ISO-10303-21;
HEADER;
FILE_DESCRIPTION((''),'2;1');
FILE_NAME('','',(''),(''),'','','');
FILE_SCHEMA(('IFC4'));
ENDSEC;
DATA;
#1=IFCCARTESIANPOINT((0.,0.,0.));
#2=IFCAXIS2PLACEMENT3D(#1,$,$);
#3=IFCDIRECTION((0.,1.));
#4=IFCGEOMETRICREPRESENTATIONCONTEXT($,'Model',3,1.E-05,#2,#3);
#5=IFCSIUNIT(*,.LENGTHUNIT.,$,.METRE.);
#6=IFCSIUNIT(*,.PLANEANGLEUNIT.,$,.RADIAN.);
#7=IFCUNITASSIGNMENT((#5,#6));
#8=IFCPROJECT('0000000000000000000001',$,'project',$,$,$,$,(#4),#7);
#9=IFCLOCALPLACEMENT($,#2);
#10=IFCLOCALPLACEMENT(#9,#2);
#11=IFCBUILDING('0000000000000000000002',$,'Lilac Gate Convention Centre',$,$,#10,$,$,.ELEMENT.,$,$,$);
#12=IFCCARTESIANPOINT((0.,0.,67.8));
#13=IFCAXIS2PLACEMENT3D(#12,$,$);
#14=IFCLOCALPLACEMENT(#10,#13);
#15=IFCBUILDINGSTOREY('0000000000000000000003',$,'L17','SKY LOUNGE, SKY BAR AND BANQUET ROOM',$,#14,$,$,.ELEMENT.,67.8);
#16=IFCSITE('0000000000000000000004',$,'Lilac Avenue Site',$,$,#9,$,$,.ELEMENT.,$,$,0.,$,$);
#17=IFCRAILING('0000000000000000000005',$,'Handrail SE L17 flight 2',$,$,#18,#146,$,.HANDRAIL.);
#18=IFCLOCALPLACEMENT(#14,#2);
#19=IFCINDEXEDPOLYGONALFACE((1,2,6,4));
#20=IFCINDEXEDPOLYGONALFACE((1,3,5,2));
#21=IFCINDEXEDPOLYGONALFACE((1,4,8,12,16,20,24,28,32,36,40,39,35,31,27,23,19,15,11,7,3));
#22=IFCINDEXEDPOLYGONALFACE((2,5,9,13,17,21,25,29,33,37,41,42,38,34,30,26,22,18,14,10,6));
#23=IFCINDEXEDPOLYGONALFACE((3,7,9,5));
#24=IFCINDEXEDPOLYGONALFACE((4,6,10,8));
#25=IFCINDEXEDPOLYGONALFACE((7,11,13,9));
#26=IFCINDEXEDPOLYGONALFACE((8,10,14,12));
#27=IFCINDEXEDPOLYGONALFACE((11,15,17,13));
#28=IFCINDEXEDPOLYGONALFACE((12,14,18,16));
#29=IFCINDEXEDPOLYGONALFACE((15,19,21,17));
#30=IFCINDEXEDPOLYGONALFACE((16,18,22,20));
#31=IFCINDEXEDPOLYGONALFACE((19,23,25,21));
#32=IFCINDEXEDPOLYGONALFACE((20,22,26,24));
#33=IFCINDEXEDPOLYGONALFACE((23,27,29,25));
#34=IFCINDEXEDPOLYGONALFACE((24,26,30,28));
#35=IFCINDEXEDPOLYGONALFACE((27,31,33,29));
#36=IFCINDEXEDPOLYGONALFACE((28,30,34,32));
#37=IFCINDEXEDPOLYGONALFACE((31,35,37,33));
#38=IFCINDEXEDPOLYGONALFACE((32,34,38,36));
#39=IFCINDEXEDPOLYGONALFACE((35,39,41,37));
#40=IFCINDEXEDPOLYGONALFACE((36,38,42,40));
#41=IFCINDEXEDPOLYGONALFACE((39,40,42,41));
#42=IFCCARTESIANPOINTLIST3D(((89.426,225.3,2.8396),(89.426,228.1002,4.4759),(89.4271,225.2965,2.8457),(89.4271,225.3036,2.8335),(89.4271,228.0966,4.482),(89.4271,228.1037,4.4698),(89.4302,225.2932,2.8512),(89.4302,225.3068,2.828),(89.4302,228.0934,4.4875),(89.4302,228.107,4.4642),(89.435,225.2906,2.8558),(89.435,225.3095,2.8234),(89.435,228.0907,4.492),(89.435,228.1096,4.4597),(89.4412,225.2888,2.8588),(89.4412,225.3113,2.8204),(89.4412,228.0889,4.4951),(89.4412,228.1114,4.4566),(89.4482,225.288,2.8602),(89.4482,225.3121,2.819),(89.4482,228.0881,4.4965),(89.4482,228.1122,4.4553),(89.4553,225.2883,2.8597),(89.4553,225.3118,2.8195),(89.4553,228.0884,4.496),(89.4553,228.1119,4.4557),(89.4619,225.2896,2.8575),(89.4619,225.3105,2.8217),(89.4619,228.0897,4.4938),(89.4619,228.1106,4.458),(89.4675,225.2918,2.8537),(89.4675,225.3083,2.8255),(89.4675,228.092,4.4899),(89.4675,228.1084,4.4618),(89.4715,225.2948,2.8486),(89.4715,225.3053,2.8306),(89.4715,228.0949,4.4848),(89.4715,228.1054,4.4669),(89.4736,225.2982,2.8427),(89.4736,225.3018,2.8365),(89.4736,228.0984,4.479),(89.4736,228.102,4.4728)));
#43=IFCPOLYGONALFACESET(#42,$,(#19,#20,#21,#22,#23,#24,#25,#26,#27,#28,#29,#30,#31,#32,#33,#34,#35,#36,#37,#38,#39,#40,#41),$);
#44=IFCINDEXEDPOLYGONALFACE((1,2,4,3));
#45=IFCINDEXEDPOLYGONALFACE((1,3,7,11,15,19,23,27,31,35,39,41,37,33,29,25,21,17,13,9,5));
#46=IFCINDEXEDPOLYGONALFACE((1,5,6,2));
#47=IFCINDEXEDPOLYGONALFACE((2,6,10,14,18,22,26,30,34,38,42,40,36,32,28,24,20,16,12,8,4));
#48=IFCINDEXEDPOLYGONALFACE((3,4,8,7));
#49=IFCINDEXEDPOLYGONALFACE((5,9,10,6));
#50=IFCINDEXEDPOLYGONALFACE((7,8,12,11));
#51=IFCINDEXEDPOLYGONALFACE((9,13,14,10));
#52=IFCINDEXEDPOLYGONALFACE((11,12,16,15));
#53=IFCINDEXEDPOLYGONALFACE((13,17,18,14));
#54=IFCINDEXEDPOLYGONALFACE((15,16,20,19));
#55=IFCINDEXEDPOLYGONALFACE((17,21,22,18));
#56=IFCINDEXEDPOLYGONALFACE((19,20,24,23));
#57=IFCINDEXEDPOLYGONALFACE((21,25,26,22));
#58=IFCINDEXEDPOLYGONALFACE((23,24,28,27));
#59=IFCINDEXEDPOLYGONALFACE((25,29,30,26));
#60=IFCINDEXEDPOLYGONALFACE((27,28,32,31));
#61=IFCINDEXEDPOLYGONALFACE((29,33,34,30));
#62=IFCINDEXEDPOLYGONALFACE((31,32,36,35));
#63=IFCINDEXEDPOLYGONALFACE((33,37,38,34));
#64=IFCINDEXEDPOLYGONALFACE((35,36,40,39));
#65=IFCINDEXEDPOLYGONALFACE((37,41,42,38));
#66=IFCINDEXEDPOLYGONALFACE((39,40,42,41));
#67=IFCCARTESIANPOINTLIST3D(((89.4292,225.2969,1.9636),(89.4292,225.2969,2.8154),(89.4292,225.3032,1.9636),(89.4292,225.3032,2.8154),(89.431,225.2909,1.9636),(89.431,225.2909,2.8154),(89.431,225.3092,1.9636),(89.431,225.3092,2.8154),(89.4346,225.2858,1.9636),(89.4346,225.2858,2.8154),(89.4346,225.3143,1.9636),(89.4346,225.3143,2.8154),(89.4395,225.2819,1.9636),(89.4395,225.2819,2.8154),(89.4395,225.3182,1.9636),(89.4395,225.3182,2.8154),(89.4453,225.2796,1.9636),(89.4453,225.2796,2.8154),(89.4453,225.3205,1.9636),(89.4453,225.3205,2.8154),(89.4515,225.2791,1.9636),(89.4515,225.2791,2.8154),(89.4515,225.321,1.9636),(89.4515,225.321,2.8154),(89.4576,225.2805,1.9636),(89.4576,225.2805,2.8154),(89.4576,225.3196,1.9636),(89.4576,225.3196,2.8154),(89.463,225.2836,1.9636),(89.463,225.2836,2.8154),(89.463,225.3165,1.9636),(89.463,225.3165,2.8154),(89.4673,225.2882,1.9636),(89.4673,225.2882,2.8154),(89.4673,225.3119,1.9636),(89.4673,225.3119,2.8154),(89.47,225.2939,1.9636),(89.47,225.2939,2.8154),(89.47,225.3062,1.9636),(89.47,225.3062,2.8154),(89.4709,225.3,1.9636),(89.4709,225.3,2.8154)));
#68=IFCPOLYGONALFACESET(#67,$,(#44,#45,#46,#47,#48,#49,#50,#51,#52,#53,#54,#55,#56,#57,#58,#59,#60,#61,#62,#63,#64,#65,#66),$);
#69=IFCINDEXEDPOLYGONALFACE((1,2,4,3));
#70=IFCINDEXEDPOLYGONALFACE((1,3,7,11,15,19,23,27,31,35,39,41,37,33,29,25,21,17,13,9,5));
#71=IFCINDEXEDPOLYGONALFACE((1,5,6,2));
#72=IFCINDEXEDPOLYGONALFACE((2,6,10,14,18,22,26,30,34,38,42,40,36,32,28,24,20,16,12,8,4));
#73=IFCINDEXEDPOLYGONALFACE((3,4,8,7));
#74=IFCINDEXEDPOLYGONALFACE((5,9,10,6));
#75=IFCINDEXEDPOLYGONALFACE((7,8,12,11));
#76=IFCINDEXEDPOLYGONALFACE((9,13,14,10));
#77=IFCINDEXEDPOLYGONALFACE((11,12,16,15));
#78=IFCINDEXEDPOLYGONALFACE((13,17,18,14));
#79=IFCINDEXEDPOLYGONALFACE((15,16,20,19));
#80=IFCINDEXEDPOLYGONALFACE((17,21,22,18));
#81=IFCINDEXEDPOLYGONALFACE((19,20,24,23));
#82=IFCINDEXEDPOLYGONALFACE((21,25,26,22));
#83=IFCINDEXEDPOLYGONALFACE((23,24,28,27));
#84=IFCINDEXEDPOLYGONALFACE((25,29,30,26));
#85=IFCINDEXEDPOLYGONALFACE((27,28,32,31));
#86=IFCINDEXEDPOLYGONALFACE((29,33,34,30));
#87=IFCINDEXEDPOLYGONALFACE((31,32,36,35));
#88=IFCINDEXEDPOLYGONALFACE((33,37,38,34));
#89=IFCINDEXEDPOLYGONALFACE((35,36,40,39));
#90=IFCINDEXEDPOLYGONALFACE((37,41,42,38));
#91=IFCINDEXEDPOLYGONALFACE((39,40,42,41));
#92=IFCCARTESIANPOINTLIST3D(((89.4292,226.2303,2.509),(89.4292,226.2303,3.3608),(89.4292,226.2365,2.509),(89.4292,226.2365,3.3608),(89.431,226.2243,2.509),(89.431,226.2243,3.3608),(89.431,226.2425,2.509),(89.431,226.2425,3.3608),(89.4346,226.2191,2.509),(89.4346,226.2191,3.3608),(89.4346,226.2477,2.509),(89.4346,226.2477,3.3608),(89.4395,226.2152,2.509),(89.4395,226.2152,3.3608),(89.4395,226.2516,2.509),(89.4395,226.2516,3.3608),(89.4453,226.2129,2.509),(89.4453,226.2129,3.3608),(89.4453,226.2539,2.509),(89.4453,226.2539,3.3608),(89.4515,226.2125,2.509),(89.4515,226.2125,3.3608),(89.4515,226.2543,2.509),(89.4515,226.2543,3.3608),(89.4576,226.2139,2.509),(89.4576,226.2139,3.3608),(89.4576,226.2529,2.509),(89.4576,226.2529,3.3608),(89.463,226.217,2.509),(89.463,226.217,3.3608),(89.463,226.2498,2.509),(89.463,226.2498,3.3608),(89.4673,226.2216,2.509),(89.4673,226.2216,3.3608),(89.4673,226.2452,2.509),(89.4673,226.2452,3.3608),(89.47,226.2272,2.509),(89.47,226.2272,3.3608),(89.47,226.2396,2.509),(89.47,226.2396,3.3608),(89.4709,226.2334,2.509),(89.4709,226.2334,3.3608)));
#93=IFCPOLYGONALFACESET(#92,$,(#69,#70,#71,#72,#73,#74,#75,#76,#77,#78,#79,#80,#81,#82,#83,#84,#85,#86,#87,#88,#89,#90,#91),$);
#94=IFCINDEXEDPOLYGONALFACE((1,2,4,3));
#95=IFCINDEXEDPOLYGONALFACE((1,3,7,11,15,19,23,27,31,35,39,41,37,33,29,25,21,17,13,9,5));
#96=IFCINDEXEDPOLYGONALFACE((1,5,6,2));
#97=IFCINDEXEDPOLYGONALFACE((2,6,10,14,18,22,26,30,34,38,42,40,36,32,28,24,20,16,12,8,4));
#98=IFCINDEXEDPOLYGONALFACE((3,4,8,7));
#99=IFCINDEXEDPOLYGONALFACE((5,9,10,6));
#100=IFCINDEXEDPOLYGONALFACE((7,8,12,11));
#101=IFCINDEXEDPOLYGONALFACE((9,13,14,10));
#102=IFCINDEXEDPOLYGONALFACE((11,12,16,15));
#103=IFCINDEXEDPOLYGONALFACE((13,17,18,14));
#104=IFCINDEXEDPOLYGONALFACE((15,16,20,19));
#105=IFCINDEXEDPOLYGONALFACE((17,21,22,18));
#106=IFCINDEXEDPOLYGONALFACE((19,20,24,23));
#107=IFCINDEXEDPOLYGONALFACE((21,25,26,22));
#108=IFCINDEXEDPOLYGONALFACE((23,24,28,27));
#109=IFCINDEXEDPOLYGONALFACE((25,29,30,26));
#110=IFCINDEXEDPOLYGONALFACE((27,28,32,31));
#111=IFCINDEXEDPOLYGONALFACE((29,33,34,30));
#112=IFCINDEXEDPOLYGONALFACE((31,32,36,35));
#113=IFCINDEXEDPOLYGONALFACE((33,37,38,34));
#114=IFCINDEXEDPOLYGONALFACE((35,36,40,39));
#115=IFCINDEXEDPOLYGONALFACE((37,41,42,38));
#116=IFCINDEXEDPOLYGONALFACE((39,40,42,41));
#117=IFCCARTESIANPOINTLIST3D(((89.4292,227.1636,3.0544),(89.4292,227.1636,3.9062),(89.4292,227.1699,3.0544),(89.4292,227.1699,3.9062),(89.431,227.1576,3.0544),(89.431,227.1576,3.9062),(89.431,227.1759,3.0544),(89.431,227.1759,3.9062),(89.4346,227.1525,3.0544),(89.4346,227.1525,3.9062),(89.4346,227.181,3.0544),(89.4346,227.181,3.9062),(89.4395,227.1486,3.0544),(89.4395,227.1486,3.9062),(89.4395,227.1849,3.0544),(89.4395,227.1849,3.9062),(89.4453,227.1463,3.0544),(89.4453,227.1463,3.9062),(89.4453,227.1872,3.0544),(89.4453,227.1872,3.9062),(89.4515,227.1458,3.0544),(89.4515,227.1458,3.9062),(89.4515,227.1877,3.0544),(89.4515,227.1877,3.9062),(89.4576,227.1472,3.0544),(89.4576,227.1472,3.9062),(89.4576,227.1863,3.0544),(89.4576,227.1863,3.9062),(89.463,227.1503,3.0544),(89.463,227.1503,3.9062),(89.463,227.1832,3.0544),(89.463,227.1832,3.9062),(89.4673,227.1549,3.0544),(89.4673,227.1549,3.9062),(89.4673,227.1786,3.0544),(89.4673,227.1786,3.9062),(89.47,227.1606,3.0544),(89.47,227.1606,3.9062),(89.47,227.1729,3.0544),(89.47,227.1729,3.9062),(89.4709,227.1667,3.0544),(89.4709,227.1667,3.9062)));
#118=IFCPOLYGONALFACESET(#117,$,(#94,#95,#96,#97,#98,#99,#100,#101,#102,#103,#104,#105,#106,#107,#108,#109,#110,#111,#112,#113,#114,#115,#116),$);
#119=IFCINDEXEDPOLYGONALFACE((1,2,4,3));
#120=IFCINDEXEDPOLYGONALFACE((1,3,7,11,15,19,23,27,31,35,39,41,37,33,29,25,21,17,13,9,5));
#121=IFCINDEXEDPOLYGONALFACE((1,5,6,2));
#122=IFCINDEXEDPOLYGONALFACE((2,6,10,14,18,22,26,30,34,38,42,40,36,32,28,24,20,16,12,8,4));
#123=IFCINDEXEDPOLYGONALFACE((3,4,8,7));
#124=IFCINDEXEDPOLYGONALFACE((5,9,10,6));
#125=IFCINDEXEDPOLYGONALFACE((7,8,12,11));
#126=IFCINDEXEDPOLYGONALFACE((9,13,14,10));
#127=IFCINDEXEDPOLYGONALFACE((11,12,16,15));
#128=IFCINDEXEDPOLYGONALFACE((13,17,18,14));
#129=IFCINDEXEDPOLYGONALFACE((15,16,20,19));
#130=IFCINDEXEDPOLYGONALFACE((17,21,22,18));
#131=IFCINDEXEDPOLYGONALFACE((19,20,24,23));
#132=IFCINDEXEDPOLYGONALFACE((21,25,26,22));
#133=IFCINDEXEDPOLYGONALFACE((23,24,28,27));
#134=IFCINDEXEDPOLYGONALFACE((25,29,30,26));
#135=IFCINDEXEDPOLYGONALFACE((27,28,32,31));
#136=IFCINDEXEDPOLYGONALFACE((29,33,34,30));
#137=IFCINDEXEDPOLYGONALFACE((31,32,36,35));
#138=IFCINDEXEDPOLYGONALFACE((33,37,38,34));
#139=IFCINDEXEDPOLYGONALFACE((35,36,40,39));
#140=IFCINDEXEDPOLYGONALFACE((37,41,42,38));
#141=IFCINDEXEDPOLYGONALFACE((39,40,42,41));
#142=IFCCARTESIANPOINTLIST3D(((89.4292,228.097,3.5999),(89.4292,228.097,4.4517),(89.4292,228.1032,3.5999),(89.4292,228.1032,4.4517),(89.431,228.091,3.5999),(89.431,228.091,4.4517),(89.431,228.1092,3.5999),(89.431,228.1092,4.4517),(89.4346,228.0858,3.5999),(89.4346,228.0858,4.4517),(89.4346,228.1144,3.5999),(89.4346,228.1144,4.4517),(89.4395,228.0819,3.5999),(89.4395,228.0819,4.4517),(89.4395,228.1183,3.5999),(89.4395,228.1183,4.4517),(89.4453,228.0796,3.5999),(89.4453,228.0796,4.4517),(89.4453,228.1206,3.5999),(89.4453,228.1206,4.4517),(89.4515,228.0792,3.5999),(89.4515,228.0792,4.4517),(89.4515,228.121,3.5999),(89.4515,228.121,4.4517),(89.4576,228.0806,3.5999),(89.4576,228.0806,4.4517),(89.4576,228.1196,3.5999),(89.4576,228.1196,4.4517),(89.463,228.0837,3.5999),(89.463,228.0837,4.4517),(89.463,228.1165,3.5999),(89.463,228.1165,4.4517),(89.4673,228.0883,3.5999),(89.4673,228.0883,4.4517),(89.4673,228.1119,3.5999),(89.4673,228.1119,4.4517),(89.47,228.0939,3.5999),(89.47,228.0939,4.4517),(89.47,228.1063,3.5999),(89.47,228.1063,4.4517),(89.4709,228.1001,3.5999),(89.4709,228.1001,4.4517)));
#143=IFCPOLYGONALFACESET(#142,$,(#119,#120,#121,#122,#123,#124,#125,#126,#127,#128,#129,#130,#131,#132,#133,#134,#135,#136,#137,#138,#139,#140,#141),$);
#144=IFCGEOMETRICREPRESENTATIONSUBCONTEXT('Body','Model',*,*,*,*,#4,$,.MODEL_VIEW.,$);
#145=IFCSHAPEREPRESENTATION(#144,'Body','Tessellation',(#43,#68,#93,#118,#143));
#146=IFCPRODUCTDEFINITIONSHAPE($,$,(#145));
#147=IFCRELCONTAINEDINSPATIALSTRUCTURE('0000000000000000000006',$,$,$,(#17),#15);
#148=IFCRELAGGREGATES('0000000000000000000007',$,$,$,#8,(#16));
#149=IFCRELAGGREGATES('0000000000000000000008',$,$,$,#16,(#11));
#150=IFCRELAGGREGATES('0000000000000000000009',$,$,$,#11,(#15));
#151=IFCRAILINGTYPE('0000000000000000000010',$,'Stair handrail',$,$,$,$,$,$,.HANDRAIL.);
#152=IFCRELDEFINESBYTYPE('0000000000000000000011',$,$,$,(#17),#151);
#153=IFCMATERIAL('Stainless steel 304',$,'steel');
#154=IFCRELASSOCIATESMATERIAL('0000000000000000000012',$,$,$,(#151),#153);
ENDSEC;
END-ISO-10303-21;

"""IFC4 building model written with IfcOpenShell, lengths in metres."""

from ifc_helpers import new_model, si_unit, direction, frame, origin, origin_2d, place, context, subcontext, project, spatial, circle, extrude, material, type_object, element, save


model = new_model("IFC4")

# Units and contexts
model_context = context("Model", 3, precision=1e-05, world=origin(), true_north=direction((0.0, 1.0)))
body_context = subcontext(model_context, "Body", "Model", "MODEL_VIEW")
ifc_project = project(units=[si_unit("LENGTHUNIT", "METRE"), si_unit("PLANEANGLEUNIT", "RADIAN")], contexts=[model_context])

# Site, building, storey
site_placement = place(None, origin())
site = spatial("IfcSite", under=ifc_project, at=site_placement, Name="Lilac Avenue Site", CompositionType="ELEMENT", RefElevation=0.0)
building_placement = place(site_placement, origin())
building = spatial("IfcBuilding", under=site, at=building_placement, Name="Lilac Gate Convention Centre", CompositionType="ELEMENT")
storey_placement = place(building_placement, frame((0.0, 0.0, 67.8)))
storey = spatial("IfcBuildingStorey", under=building, at=storey_placement, Name="L17", Description="SKY LOUNGE, SKY BAR AND BANQUET ROOM", CompositionType="ELEMENT", Elevation=67.8)

# Railing
ifc_material_1 = material(Name="Stainless steel 304", Category="steel")
railing_type = type_object("IfcRailingType", Name="Stair handrail", PredefinedType="HANDRAIL", material=ifc_material_1)
for number, where, name in (
    (1, (89.45, 225.3, 1.9636), "Handrail SE L17 flight 2"),
):
    element("IfcRailing", number, at=place(storey_placement, frame(where)), inside=storey, type_object=railing_type, Name=name, PredefinedType="HANDRAIL", context=body_context, shape_type="SweptSolid", body=[
        extrude(circle(Radius=0.0239, at=origin_2d()), frame((0.0, 0.0, 0.876), z_axis=(0.0, 0.863394, 0.504531), x_axis=(-1.0, 0.0, 0.0)), (0.0, 0.0, 1.0), 3.2432),
        extrude(circle(Radius=0.021, at=origin_2d()), origin(), (0.0, 0.0, 1.0), 0.8518),
        extrude(circle(Radius=0.021, at=origin_2d()), frame((0.0, 0.9333, 0.5454)), (0.0, 0.0, 1.0), 0.8518),
        extrude(circle(Radius=0.021, at=origin_2d()), frame((0.0, 1.8667, 1.0908)), (0.0, 0.0, 1.0), 0.8518),
        extrude(circle(Radius=0.021, at=origin_2d()), frame((0.0, 2.8, 1.6362)), (0.0, 0.0, 1.0), 0.8518),
    ])

save(model, "model.ifc")
